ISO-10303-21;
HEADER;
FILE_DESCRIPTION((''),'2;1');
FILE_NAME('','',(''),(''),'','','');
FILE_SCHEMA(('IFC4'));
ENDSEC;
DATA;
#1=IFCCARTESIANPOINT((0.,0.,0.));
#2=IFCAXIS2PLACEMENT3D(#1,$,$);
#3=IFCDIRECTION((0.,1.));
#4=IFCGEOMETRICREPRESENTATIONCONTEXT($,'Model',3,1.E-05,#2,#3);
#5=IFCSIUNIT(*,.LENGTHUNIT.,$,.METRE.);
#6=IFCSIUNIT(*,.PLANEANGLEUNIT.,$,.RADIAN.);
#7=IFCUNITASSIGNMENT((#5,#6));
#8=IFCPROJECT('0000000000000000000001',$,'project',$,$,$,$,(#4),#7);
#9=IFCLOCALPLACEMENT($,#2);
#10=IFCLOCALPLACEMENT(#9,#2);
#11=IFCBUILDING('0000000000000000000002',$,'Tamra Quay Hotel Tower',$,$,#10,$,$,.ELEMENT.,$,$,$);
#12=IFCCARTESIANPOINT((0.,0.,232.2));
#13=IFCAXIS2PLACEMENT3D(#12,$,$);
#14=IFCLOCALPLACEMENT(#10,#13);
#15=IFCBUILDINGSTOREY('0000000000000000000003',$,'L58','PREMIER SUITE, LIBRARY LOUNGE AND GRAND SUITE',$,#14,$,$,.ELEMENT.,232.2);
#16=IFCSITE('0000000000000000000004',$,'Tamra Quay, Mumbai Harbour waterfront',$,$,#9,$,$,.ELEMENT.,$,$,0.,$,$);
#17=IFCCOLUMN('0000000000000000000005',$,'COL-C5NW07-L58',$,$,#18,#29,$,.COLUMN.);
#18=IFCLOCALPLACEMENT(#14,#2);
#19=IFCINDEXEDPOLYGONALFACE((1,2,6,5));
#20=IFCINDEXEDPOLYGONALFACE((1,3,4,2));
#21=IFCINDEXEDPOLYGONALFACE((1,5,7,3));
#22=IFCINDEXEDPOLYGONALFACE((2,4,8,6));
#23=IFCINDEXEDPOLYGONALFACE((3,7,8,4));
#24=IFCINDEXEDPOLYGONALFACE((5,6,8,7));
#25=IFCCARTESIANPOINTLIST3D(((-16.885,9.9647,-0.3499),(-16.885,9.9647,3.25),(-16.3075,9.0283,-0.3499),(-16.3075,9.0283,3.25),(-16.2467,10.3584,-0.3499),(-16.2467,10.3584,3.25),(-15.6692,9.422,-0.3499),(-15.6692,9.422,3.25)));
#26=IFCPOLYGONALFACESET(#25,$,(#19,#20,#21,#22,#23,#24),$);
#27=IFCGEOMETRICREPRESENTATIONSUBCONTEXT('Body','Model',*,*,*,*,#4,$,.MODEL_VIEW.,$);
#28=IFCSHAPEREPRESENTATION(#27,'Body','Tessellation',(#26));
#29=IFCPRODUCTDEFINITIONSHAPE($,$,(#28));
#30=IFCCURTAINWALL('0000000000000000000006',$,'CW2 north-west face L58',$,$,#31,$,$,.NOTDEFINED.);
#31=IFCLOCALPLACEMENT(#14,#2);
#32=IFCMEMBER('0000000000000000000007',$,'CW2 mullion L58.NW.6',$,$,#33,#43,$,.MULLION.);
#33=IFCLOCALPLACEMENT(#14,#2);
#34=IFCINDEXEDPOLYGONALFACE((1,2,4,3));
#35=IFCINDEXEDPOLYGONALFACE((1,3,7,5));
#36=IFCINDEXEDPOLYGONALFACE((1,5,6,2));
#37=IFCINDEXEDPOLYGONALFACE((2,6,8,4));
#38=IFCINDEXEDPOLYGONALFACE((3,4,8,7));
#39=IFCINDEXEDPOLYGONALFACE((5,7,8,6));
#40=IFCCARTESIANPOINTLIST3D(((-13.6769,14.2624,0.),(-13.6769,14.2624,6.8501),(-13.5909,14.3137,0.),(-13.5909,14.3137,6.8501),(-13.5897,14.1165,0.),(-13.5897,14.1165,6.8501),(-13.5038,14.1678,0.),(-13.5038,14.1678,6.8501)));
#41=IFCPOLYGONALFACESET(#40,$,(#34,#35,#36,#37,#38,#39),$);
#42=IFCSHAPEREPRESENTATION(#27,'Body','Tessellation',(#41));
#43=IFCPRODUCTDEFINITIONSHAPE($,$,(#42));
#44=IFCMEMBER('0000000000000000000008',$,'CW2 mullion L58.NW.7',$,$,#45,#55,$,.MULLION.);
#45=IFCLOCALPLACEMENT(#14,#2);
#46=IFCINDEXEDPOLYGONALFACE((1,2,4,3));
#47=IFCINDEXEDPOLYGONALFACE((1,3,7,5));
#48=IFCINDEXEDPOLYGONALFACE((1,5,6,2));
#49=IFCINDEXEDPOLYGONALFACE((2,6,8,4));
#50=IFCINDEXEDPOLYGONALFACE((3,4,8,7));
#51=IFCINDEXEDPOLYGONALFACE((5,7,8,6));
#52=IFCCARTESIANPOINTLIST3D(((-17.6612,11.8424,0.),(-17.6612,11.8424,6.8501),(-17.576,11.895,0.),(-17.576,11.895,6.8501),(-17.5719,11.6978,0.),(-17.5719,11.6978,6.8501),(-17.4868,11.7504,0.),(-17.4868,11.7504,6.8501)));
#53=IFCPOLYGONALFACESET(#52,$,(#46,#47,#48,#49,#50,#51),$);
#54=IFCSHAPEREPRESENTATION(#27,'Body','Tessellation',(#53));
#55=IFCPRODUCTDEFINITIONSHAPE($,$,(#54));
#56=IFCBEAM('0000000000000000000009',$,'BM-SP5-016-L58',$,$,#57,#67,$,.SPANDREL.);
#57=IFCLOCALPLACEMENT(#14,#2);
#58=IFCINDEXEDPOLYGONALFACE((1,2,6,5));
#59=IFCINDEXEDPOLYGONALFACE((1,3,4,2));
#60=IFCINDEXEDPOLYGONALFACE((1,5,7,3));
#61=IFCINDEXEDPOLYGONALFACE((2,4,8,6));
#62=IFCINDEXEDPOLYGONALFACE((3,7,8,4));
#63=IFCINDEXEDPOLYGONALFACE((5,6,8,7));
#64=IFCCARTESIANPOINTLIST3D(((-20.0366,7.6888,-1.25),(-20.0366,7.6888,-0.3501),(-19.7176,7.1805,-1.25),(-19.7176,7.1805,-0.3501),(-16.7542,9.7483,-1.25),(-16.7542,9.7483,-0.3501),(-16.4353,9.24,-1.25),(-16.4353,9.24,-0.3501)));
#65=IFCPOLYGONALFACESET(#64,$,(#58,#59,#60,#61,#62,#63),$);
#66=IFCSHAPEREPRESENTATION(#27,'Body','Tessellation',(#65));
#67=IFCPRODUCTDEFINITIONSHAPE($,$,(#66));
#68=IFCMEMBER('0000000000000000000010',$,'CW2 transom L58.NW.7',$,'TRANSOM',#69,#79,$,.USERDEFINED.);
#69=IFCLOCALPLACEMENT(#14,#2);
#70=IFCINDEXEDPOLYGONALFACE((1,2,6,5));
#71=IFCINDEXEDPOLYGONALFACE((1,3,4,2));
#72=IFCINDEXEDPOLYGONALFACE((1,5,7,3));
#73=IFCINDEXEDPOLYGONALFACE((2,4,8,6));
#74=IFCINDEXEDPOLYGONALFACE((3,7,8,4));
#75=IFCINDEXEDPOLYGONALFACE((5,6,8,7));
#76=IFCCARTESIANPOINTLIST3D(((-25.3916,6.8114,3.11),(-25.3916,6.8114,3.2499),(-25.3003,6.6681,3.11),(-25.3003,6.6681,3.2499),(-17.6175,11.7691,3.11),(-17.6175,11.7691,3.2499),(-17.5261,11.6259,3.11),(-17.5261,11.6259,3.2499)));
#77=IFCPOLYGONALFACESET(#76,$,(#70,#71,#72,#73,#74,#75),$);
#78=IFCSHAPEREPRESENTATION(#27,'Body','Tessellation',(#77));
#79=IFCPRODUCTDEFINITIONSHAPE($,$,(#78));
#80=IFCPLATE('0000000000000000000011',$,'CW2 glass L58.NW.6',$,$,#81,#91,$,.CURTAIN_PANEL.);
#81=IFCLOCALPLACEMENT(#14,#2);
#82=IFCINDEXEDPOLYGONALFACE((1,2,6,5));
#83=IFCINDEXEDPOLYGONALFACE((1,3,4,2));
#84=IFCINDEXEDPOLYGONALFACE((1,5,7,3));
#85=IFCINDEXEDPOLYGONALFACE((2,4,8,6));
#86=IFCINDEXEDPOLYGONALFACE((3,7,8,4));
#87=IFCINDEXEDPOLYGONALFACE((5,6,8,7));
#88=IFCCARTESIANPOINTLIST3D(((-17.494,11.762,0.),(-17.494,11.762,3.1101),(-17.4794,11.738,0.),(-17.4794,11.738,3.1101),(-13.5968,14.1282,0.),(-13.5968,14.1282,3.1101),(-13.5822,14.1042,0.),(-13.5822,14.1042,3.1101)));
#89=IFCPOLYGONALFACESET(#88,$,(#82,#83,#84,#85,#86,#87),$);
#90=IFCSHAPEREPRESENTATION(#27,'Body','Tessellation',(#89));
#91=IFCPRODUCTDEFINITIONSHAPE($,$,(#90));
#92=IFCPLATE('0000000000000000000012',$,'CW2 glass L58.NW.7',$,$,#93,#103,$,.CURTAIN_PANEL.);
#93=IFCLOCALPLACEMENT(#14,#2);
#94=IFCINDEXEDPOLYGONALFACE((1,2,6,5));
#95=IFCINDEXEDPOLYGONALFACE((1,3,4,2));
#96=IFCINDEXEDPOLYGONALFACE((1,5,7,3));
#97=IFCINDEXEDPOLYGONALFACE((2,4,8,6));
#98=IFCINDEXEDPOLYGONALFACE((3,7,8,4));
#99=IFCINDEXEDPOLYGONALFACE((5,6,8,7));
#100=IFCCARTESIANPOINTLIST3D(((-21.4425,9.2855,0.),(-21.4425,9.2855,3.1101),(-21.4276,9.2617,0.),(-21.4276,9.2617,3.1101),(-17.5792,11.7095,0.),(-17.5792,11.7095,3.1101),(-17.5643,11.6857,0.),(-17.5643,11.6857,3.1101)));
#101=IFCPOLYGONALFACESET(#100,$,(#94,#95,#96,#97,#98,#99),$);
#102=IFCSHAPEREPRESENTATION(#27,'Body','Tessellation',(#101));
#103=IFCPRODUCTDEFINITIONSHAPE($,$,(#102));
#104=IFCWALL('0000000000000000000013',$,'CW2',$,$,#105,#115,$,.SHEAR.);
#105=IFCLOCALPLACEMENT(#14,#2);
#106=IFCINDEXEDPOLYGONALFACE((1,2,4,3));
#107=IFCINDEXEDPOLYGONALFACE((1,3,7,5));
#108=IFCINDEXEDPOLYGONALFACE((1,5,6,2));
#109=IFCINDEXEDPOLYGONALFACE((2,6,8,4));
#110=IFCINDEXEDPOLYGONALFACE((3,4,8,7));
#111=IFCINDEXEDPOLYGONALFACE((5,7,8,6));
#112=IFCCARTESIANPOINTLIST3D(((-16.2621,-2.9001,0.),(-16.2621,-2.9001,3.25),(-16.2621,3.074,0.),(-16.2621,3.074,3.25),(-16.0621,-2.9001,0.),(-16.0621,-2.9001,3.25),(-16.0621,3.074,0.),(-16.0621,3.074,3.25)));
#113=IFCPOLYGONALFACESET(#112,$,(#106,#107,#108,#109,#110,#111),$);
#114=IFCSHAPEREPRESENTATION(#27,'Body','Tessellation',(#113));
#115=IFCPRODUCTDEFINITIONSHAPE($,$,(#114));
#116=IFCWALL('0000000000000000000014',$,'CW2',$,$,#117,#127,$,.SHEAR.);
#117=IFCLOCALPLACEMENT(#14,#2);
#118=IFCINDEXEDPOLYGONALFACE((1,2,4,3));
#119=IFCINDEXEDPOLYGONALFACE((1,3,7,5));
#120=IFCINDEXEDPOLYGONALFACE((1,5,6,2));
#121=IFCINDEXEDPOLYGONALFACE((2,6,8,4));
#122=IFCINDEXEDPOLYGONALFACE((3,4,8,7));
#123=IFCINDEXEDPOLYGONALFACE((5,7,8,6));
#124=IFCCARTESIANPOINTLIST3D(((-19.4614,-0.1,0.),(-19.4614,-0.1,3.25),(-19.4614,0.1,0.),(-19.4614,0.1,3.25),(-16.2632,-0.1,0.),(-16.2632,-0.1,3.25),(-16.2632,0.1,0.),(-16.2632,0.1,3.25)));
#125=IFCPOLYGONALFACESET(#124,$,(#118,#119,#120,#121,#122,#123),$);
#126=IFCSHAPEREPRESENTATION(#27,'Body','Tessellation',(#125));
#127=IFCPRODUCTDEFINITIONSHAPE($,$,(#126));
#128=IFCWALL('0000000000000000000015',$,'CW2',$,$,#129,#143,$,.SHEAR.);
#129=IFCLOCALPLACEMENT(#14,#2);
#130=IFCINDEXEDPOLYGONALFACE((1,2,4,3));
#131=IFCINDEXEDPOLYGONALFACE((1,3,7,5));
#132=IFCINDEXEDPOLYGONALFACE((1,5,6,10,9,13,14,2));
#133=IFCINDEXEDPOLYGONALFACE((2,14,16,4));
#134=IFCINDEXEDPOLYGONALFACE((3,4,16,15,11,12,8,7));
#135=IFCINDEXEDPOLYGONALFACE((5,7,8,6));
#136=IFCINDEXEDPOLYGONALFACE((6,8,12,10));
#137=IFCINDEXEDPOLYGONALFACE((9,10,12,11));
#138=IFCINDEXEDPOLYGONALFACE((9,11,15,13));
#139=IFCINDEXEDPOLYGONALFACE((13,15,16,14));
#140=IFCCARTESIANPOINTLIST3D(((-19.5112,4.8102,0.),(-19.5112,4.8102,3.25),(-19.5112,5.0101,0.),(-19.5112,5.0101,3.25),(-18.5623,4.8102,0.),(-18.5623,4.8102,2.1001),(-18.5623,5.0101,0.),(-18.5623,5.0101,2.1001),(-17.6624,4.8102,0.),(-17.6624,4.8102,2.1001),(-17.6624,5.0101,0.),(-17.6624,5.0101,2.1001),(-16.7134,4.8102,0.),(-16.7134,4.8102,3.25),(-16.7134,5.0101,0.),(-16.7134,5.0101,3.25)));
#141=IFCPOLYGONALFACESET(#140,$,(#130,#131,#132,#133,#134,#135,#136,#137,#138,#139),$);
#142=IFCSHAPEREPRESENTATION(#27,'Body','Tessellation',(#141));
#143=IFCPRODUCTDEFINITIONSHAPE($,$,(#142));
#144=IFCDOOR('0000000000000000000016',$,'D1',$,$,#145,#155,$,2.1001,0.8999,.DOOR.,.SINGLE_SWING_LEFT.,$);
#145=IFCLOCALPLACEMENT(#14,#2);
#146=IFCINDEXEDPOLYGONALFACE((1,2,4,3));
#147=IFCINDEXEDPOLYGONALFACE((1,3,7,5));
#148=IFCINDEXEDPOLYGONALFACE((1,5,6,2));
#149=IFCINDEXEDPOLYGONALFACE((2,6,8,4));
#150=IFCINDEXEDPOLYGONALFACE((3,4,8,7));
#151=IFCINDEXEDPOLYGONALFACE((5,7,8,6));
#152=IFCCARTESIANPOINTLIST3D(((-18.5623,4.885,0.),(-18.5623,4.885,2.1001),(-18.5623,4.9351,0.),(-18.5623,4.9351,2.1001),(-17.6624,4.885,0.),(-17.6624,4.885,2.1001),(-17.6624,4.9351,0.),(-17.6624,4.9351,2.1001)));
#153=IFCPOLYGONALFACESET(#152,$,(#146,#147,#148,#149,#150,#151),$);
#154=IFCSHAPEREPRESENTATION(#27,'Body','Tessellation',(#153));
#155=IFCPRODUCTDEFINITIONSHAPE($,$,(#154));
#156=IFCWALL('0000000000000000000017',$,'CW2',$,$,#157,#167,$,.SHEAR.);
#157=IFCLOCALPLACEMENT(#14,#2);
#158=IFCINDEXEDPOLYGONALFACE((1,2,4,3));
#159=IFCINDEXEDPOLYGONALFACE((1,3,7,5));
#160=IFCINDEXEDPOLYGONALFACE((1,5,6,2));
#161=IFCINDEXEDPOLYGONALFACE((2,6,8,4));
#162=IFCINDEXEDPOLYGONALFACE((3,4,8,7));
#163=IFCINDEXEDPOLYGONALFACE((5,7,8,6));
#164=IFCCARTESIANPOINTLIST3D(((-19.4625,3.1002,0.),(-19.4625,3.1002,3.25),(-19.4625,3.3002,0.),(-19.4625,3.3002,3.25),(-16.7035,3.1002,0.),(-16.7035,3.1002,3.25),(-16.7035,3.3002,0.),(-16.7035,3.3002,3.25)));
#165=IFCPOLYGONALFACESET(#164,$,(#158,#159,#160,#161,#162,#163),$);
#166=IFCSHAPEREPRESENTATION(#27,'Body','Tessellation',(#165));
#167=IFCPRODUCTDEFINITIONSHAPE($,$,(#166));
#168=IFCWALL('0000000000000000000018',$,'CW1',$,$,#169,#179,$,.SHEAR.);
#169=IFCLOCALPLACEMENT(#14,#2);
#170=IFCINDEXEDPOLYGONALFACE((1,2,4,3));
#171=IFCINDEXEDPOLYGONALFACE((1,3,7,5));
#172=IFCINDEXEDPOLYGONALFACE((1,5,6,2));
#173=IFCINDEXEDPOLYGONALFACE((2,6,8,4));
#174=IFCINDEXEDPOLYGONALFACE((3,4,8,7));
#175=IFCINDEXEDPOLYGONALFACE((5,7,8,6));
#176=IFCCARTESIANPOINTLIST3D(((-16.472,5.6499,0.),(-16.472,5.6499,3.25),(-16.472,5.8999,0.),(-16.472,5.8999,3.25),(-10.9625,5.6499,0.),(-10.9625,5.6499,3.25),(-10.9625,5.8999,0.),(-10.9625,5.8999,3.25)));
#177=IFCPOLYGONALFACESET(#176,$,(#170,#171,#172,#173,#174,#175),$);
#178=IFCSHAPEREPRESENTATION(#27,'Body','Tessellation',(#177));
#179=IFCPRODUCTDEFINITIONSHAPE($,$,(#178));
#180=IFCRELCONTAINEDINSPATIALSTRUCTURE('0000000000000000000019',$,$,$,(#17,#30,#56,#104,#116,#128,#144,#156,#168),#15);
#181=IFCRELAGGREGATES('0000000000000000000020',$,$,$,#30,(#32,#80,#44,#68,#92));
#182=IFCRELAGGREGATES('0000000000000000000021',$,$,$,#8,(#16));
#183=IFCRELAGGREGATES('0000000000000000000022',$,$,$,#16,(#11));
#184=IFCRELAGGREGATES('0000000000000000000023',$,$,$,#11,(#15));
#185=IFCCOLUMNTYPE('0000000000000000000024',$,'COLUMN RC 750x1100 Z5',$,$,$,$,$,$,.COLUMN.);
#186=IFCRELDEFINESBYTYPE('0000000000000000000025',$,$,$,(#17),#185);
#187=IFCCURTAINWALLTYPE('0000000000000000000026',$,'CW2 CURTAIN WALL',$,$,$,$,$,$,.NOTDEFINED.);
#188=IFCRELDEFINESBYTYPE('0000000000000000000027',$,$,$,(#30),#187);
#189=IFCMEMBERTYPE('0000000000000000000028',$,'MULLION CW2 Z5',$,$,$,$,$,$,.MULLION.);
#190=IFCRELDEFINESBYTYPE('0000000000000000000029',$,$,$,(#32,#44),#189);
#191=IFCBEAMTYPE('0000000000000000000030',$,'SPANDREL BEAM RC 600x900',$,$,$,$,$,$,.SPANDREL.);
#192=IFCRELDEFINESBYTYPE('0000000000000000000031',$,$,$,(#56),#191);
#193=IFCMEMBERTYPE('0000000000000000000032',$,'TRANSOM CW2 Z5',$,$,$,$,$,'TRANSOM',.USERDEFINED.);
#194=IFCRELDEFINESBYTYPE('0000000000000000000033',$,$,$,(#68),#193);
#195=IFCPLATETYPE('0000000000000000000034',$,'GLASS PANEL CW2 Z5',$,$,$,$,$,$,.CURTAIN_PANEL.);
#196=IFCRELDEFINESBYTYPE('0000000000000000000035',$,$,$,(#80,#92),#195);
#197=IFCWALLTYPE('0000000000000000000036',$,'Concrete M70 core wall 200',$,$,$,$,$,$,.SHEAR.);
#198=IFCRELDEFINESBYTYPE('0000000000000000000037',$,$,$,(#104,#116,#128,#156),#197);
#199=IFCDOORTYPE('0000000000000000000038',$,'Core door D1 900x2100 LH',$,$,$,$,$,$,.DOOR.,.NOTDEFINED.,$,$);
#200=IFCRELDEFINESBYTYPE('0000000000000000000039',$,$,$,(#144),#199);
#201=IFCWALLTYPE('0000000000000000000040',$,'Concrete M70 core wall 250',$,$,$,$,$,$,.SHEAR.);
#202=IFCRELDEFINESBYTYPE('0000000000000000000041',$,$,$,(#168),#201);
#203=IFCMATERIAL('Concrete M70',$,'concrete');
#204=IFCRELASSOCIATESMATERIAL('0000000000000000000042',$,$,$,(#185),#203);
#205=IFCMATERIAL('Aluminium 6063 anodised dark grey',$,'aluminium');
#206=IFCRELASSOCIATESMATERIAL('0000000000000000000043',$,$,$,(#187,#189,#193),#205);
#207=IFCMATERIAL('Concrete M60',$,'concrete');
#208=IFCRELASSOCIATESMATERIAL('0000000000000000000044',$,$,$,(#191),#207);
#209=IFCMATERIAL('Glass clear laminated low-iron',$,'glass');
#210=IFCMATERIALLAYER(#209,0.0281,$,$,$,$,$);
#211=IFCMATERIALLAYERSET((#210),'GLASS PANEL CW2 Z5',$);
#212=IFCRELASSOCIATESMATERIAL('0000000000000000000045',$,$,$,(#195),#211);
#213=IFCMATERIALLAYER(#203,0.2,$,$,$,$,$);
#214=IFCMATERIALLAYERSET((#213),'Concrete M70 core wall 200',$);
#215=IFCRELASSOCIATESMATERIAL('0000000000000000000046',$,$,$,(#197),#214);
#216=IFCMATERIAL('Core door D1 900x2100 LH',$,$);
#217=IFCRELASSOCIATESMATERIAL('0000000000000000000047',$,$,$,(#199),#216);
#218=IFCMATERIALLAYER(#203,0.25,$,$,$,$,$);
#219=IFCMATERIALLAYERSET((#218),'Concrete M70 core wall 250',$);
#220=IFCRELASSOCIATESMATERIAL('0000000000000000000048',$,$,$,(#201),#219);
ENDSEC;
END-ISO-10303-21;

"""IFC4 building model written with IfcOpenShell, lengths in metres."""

from ifc_helpers import new_model, si_unit, direction, frame, frame_2d, origin, origin_2d, place, context, subcontext, project, spatial, rectangle, extrude, material, layer, layer_set, material_profile, profile_set, type_object, element, fill, aggregate, save


model = new_model("IFC4")

# Units and contexts
model_context = context("Model", 3, precision=1e-05, world=origin(), true_north=direction((0.0, 1.0)))
body_context = subcontext(model_context, "Body", "Model", "MODEL_VIEW")
ifc_project = project(units=[si_unit("LENGTHUNIT", "METRE"), si_unit("PLANEANGLEUNIT", "RADIAN")], contexts=[model_context])

# Site, building, storey
site_placement = place(None, origin())
site = spatial("IfcSite", under=ifc_project, at=site_placement, Name="Tamra Quay, Mumbai Harbour waterfront", CompositionType="ELEMENT", RefElevation=0.0)
building_placement = place(site_placement, origin())
building = spatial("IfcBuilding", under=site, at=building_placement, Name="Tamra Quay Hotel Tower", CompositionType="ELEMENT")
storey_placement = place(building_placement, frame((0.0, 0.0, 232.2)))
storey = spatial("IfcBuildingStorey", under=building, at=storey_placement, Name="L58", Description="PREMIER SUITE, LIBRARY LOUNGE AND GRAND SUITE", CompositionType="ELEMENT", Elevation=232.2)

# Column
ifc_material_1 = material(Name="Concrete M70", Category="concrete")
ifc_material_profile_1 = material_profile(ifc_material_1, rectangle(XDim=1.1001, YDim=0.75, at=origin_2d()), Name="COLUMN RC 750x1100 Z5")
ifc_profile_set_1 = profile_set([ifc_material_profile_1], Name="Concrete M70")
column_type = type_object("IfcColumnType", Name="COLUMN RC 750x1100 Z5", PredefinedType="COLUMN", material=ifc_profile_set_1)
column_placement = place(storey_placement, frame((-16.2771, 9.6934, -0.3499), z_axis=(0.0, 0.0, 1.0), x_axis=(-0.524928, 0.851147, 0.0)))
element("IfcColumn", 1, at=column_placement, inside=storey, type_object=column_type, Name="COL-C5NW07-L58", PredefinedType="COLUMN", context=body_context, shape_type="SweptSolid", body=[
    extrude(rectangle(XDim=1.1001, YDim=0.75, at=origin_2d()), origin(), (0.0, 0.0, 1.0), 3.5999),
])

# Curtain wall, members
ifc_material_2 = material(Name="Aluminium 6063 anodised dark grey", Category="aluminium")
curtain_wall_type = type_object("IfcCurtainWallType", Name="CW2 CURTAIN WALL", PredefinedType="NOTDEFINED", material=ifc_material_2)
curtain_wall_placement = place(storey_placement, origin())
curtain_wall = element("IfcCurtainWall", 2, at=curtain_wall_placement, inside=storey, type_object=curtain_wall_type, Name="CW2 north-west face L58", PredefinedType="NOTDEFINED")
ifc_material_profile_2 = material_profile(ifc_material_2, rectangle(XDim=0.1699, YDim=0.1001, at=origin_2d()), Name="MULLION 100X170")
ifc_profile_set_2 = profile_set([ifc_material_profile_2], Name="Aluminium 6063 anodised dark grey")
member_type_1 = type_object("IfcMemberType", Name="MULLION CW2 Z5", PredefinedType="MULLION", material=ifc_profile_set_2)
member_1_placement = place(storey_placement, frame((-13.5903, 14.2151, 0.0), z_axis=(0.0, 0.0, 1.0), x_axis=(-0.512688, 0.858575, 0.0)))
member_1 = element("IfcMember", 3, at=member_1_placement, type_object=member_type_1, Name="CW2 mullion L58.NW.6", PredefinedType="MULLION", context=body_context, shape_type="SweptSolid", body=[
    extrude(rectangle(XDim=0.1699, YDim=0.1001, at=origin_2d()), origin(), (0.0, 0.0, 1.0), 6.8501),
])
member_2_placement = place(storey_placement, frame((-17.574, 11.7964, 0.0), z_axis=(0.0, 0.0, 1.0), x_axis=(-0.525249, 0.850949, 0.0)))
member_2 = element("IfcMember", 4, at=member_2_placement, type_object=member_type_1, Name="CW2 mullion L58.NW.7", PredefinedType="MULLION", context=body_context, shape_type="SweptSolid", body=[
    extrude(rectangle(XDim=0.1699, YDim=0.1001, at=origin_2d()), origin(), (0.0, 0.0, 1.0), 6.8501),
])

# Beam
ifc_material_3 = material(Name="Concrete M60", Category="concrete")
ifc_material_profile_3 = material_profile(ifc_material_3, rectangle(XDim=0.6001, YDim=0.8999, at=origin_2d()), Name="SPANDREL BEAM RC 600x900")
ifc_profile_set_3 = profile_set([ifc_material_profile_3], Name="Concrete M60")
beam_type = type_object("IfcBeamType", Name="SPANDREL BEAM RC 600x900", PredefinedType="SPANDREL", material=ifc_profile_set_3)
beam_placement = place(storey_placement, frame((-16.5947, 9.4941, -0.8), z_axis=(-0.847066, -0.531488, 0.0), x_axis=(0.531488, -0.847066, 0.0)))
element("IfcBeam", 5, at=beam_placement, inside=storey, type_object=beam_type, Name="BM-SP5-016-L58", PredefinedType="SPANDREL", context=body_context, shape_type="SweptSolid", body=[
    extrude(rectangle(XDim=0.6001, YDim=0.8999, at=origin_2d()), origin(), (0.0, 0.0, 1.0), 3.875),
])

# Member
ifc_material_profile_4 = material_profile(ifc_material_2, rectangle(XDim=0.1699, YDim=0.1399, at=origin_2d()), Name="TRANSOM 170X140")
ifc_profile_set_4 = profile_set([ifc_material_profile_4], Name="Aluminium 6063 anodised dark grey")
member_type_2 = type_object("IfcMemberType", Name="TRANSOM CW2 Z5", ElementType="TRANSOM", PredefinedType="USERDEFINED", material=ifc_profile_set_4)
member_3_placement = place(storey_placement, frame((-17.5718, 11.6975, 3.1799), z_axis=(-0.843142, -0.537691, 0.0), x_axis=(0.537691, -0.843142, 0.0)))
member_3 = element("IfcMember", 6, at=member_3_placement, type_object=member_type_2, Name="CW2 transom L58.NW.7", ObjectType="TRANSOM", PredefinedType="USERDEFINED", context=body_context, shape_type="SweptSolid", body=[
    extrude(rectangle(XDim=0.1699, YDim=0.1399, at=origin_2d()), origin(), (0.0, 0.0, 1.0), 9.2205),
])

# Plates
ifc_material_4 = material(Name="Glass clear laminated low-iron", Category="glass")
ifc_layer_1 = layer(ifc_material_4, 0.0281)
ifc_layer_set_1 = layer_set([ifc_layer_1], Name="GLASS PANEL CW2 Z5")
plate_type = type_object("IfcPlateType", Name="GLASS PANEL CW2 Z5", PredefinedType="CURTAIN_PANEL", material=ifc_layer_set_1)
plate_1_placement = place(storey_placement, frame((-15.5381, 12.9331, 0.0), z_axis=(0.0, 0.0, 1.0), x_axis=(-0.854783, -0.518985, 0.0)))
plate_1 = element("IfcPlate", 7, at=plate_1_placement, type_object=plate_type, Name="CW2 glass L58.NW.6", PredefinedType="CURTAIN_PANEL", context=body_context, shape_type="SweptSolid", body=[
    extrude(rectangle(XDim=4.5593, YDim=0.0281, at=origin_2d()), origin(), (0.0, 0.0, 1.0), 3.1101),
])
plate_2_placement = place(storey_placement, frame((-19.5034, 10.4856, 0.0), z_axis=(0.0, 0.0, 1.0), x_axis=(-0.847069, -0.531484, 0.0)))
plate_2 = element("IfcPlate", 8, at=plate_2_placement, type_object=plate_type, Name="CW2 glass L58.NW.7", PredefinedType="CURTAIN_PANEL", context=body_context, shape_type="SweptSolid", body=[
    extrude(rectangle(XDim=4.5608, YDim=0.0281, at=origin_2d()), origin(), (0.0, 0.0, 1.0), 3.1101),
])
aggregate(curtain_wall, [member_1, plate_1, member_2, member_3, plate_2])

# Walls
ifc_layer_2 = layer(ifc_material_1, 0.2)
ifc_layer_set_2 = layer_set([ifc_layer_2], Name="Concrete M70 core wall 200")
wall_type_1 = type_object("IfcWallType", Name="Concrete M70 core wall 200", PredefinedType="SHEAR", material=ifc_layer_set_2)
wall_1_placement = place(storey_placement, frame((-16.1621, 3.074, 0.0), z_axis=(0.0, 0.0, 1.0), x_axis=(0.0, -1.0, 0.0)))
element("IfcWall", 9, at=wall_1_placement, inside=storey, type_object=wall_type_1, Name="CW2", PredefinedType="SHEAR", context=body_context, shape_type="SweptSolid", body=[
    extrude(rectangle(XDim=5.9741, YDim=0.2, at=frame_2d((2.9871, 0.0))), origin(), (0.0, 0.0, 1.0), 3.25),
])
wall_2_placement = place(storey_placement, frame((-16.2632, 0.0, 0.0), z_axis=(0.0, 0.0, 1.0), x_axis=(-1.0, 0.0, 0.0)))
element("IfcWall", 10, at=wall_2_placement, inside=storey, type_object=wall_type_1, Name="CW2", PredefinedType="SHEAR", context=body_context, shape_type="SweptSolid", body=[
    extrude(rectangle(XDim=3.1982, YDim=0.2, at=frame_2d((1.5991, 0.0))), origin(), (0.0, 0.0, 1.0), 3.25),
])

# Wall, opening, door
wall_3_placement = place(storey_placement, frame((-19.5112, 4.9102, 0.0), z_axis=(0.0, 0.0, 1.0), x_axis=(1.0, 0.0, 0.0)))
wall_3 = element("IfcWall", 11, at=wall_3_placement, inside=storey, type_object=wall_type_1, Name="CW2", PredefinedType="SHEAR", context=body_context, shape_type="SweptSolid", body=[
    extrude(rectangle(XDim=2.7979, YDim=0.2, at=frame_2d((1.3989, 0.0))), origin(), (0.0, 0.0, 1.0), 3.25),
])
opening_placement = place(wall_3_placement, frame((0.949, 0.0, 0.0)))
opening = element("IfcOpeningElement", 12, at=opening_placement, cuts=wall_3, PredefinedType="OPENING", context=body_context, shape_type="SweptSolid", body=[
    extrude(rectangle(XDim=0.8999, YDim=2.1001, at=frame_2d((0.45, 1.05))), frame((0.0, 0.1099, 0.0), z_axis=(0.0, -1.0, 0.0), x_axis=(1.0, 0.0, 0.0)), (0.0, 0.0, 1.0), 0.22),
])
ifc_material_5 = material(Name="Core door D1 900x2100 LH")
door_type = type_object("IfcDoorType", Name="Core door D1 900x2100 LH", OperationType="NOTDEFINED", PredefinedType="DOOR", material=ifc_material_5)
door_placement = place(opening_placement, origin())
door = element("IfcDoor", 13, at=door_placement, inside=storey, type_object=door_type, Name="D1", OperationType="SINGLE_SWING_LEFT", OverallHeight=2.1001, OverallWidth=0.8999, PredefinedType="DOOR", context=body_context, shape_type="SweptSolid", body=[
    extrude(rectangle(XDim=0.8999, YDim=2.1001, at=frame_2d((0.45, 1.05))), frame((0.0, 0.0249, 0.0), z_axis=(0.0, -1.0, 0.0), x_axis=(1.0, 0.0, 0.0)), (0.0, 0.0, 1.0), 0.05),
])
fill(opening, door)

# Walls
wall_4_placement = place(storey_placement, frame((-19.4624, 3.2002, 0.0), z_axis=(0.0, 0.0, 1.0), x_axis=(1.0, 0.0, 0.0)))
element("IfcWall", 14, at=wall_4_placement, inside=storey, type_object=wall_type_1, Name="CW2", PredefinedType="SHEAR", context=body_context, shape_type="SweptSolid", body=[
    extrude(rectangle(XDim=2.759, YDim=0.2, at=frame_2d((1.3794, 0.0))), origin(), (0.0, 0.0, 1.0), 3.25),
])
ifc_layer_3 = layer(ifc_material_1, 0.25)
ifc_layer_set_3 = layer_set([ifc_layer_3], Name="Concrete M70 core wall 250")
wall_type_2 = type_object("IfcWallType", Name="Concrete M70 core wall 250", PredefinedType="SHEAR", material=ifc_layer_set_3)
wall_5_placement = place(storey_placement, frame((-16.4722, 5.7749, 0.0), z_axis=(0.0, 0.0, 1.0), x_axis=(1.0, 0.0, 0.0)))
element("IfcWall", 15, at=wall_5_placement, inside=storey, type_object=wall_type_2, Name="CW1", PredefinedType="SHEAR", context=body_context, shape_type="SweptSolid", body=[
    extrude(rectangle(XDim=5.5095, YDim=0.25, at=frame_2d((2.7549, 0.0))), origin(), (0.0, 0.0, 1.0), 3.25),
])

save(model, "model.ifc")
